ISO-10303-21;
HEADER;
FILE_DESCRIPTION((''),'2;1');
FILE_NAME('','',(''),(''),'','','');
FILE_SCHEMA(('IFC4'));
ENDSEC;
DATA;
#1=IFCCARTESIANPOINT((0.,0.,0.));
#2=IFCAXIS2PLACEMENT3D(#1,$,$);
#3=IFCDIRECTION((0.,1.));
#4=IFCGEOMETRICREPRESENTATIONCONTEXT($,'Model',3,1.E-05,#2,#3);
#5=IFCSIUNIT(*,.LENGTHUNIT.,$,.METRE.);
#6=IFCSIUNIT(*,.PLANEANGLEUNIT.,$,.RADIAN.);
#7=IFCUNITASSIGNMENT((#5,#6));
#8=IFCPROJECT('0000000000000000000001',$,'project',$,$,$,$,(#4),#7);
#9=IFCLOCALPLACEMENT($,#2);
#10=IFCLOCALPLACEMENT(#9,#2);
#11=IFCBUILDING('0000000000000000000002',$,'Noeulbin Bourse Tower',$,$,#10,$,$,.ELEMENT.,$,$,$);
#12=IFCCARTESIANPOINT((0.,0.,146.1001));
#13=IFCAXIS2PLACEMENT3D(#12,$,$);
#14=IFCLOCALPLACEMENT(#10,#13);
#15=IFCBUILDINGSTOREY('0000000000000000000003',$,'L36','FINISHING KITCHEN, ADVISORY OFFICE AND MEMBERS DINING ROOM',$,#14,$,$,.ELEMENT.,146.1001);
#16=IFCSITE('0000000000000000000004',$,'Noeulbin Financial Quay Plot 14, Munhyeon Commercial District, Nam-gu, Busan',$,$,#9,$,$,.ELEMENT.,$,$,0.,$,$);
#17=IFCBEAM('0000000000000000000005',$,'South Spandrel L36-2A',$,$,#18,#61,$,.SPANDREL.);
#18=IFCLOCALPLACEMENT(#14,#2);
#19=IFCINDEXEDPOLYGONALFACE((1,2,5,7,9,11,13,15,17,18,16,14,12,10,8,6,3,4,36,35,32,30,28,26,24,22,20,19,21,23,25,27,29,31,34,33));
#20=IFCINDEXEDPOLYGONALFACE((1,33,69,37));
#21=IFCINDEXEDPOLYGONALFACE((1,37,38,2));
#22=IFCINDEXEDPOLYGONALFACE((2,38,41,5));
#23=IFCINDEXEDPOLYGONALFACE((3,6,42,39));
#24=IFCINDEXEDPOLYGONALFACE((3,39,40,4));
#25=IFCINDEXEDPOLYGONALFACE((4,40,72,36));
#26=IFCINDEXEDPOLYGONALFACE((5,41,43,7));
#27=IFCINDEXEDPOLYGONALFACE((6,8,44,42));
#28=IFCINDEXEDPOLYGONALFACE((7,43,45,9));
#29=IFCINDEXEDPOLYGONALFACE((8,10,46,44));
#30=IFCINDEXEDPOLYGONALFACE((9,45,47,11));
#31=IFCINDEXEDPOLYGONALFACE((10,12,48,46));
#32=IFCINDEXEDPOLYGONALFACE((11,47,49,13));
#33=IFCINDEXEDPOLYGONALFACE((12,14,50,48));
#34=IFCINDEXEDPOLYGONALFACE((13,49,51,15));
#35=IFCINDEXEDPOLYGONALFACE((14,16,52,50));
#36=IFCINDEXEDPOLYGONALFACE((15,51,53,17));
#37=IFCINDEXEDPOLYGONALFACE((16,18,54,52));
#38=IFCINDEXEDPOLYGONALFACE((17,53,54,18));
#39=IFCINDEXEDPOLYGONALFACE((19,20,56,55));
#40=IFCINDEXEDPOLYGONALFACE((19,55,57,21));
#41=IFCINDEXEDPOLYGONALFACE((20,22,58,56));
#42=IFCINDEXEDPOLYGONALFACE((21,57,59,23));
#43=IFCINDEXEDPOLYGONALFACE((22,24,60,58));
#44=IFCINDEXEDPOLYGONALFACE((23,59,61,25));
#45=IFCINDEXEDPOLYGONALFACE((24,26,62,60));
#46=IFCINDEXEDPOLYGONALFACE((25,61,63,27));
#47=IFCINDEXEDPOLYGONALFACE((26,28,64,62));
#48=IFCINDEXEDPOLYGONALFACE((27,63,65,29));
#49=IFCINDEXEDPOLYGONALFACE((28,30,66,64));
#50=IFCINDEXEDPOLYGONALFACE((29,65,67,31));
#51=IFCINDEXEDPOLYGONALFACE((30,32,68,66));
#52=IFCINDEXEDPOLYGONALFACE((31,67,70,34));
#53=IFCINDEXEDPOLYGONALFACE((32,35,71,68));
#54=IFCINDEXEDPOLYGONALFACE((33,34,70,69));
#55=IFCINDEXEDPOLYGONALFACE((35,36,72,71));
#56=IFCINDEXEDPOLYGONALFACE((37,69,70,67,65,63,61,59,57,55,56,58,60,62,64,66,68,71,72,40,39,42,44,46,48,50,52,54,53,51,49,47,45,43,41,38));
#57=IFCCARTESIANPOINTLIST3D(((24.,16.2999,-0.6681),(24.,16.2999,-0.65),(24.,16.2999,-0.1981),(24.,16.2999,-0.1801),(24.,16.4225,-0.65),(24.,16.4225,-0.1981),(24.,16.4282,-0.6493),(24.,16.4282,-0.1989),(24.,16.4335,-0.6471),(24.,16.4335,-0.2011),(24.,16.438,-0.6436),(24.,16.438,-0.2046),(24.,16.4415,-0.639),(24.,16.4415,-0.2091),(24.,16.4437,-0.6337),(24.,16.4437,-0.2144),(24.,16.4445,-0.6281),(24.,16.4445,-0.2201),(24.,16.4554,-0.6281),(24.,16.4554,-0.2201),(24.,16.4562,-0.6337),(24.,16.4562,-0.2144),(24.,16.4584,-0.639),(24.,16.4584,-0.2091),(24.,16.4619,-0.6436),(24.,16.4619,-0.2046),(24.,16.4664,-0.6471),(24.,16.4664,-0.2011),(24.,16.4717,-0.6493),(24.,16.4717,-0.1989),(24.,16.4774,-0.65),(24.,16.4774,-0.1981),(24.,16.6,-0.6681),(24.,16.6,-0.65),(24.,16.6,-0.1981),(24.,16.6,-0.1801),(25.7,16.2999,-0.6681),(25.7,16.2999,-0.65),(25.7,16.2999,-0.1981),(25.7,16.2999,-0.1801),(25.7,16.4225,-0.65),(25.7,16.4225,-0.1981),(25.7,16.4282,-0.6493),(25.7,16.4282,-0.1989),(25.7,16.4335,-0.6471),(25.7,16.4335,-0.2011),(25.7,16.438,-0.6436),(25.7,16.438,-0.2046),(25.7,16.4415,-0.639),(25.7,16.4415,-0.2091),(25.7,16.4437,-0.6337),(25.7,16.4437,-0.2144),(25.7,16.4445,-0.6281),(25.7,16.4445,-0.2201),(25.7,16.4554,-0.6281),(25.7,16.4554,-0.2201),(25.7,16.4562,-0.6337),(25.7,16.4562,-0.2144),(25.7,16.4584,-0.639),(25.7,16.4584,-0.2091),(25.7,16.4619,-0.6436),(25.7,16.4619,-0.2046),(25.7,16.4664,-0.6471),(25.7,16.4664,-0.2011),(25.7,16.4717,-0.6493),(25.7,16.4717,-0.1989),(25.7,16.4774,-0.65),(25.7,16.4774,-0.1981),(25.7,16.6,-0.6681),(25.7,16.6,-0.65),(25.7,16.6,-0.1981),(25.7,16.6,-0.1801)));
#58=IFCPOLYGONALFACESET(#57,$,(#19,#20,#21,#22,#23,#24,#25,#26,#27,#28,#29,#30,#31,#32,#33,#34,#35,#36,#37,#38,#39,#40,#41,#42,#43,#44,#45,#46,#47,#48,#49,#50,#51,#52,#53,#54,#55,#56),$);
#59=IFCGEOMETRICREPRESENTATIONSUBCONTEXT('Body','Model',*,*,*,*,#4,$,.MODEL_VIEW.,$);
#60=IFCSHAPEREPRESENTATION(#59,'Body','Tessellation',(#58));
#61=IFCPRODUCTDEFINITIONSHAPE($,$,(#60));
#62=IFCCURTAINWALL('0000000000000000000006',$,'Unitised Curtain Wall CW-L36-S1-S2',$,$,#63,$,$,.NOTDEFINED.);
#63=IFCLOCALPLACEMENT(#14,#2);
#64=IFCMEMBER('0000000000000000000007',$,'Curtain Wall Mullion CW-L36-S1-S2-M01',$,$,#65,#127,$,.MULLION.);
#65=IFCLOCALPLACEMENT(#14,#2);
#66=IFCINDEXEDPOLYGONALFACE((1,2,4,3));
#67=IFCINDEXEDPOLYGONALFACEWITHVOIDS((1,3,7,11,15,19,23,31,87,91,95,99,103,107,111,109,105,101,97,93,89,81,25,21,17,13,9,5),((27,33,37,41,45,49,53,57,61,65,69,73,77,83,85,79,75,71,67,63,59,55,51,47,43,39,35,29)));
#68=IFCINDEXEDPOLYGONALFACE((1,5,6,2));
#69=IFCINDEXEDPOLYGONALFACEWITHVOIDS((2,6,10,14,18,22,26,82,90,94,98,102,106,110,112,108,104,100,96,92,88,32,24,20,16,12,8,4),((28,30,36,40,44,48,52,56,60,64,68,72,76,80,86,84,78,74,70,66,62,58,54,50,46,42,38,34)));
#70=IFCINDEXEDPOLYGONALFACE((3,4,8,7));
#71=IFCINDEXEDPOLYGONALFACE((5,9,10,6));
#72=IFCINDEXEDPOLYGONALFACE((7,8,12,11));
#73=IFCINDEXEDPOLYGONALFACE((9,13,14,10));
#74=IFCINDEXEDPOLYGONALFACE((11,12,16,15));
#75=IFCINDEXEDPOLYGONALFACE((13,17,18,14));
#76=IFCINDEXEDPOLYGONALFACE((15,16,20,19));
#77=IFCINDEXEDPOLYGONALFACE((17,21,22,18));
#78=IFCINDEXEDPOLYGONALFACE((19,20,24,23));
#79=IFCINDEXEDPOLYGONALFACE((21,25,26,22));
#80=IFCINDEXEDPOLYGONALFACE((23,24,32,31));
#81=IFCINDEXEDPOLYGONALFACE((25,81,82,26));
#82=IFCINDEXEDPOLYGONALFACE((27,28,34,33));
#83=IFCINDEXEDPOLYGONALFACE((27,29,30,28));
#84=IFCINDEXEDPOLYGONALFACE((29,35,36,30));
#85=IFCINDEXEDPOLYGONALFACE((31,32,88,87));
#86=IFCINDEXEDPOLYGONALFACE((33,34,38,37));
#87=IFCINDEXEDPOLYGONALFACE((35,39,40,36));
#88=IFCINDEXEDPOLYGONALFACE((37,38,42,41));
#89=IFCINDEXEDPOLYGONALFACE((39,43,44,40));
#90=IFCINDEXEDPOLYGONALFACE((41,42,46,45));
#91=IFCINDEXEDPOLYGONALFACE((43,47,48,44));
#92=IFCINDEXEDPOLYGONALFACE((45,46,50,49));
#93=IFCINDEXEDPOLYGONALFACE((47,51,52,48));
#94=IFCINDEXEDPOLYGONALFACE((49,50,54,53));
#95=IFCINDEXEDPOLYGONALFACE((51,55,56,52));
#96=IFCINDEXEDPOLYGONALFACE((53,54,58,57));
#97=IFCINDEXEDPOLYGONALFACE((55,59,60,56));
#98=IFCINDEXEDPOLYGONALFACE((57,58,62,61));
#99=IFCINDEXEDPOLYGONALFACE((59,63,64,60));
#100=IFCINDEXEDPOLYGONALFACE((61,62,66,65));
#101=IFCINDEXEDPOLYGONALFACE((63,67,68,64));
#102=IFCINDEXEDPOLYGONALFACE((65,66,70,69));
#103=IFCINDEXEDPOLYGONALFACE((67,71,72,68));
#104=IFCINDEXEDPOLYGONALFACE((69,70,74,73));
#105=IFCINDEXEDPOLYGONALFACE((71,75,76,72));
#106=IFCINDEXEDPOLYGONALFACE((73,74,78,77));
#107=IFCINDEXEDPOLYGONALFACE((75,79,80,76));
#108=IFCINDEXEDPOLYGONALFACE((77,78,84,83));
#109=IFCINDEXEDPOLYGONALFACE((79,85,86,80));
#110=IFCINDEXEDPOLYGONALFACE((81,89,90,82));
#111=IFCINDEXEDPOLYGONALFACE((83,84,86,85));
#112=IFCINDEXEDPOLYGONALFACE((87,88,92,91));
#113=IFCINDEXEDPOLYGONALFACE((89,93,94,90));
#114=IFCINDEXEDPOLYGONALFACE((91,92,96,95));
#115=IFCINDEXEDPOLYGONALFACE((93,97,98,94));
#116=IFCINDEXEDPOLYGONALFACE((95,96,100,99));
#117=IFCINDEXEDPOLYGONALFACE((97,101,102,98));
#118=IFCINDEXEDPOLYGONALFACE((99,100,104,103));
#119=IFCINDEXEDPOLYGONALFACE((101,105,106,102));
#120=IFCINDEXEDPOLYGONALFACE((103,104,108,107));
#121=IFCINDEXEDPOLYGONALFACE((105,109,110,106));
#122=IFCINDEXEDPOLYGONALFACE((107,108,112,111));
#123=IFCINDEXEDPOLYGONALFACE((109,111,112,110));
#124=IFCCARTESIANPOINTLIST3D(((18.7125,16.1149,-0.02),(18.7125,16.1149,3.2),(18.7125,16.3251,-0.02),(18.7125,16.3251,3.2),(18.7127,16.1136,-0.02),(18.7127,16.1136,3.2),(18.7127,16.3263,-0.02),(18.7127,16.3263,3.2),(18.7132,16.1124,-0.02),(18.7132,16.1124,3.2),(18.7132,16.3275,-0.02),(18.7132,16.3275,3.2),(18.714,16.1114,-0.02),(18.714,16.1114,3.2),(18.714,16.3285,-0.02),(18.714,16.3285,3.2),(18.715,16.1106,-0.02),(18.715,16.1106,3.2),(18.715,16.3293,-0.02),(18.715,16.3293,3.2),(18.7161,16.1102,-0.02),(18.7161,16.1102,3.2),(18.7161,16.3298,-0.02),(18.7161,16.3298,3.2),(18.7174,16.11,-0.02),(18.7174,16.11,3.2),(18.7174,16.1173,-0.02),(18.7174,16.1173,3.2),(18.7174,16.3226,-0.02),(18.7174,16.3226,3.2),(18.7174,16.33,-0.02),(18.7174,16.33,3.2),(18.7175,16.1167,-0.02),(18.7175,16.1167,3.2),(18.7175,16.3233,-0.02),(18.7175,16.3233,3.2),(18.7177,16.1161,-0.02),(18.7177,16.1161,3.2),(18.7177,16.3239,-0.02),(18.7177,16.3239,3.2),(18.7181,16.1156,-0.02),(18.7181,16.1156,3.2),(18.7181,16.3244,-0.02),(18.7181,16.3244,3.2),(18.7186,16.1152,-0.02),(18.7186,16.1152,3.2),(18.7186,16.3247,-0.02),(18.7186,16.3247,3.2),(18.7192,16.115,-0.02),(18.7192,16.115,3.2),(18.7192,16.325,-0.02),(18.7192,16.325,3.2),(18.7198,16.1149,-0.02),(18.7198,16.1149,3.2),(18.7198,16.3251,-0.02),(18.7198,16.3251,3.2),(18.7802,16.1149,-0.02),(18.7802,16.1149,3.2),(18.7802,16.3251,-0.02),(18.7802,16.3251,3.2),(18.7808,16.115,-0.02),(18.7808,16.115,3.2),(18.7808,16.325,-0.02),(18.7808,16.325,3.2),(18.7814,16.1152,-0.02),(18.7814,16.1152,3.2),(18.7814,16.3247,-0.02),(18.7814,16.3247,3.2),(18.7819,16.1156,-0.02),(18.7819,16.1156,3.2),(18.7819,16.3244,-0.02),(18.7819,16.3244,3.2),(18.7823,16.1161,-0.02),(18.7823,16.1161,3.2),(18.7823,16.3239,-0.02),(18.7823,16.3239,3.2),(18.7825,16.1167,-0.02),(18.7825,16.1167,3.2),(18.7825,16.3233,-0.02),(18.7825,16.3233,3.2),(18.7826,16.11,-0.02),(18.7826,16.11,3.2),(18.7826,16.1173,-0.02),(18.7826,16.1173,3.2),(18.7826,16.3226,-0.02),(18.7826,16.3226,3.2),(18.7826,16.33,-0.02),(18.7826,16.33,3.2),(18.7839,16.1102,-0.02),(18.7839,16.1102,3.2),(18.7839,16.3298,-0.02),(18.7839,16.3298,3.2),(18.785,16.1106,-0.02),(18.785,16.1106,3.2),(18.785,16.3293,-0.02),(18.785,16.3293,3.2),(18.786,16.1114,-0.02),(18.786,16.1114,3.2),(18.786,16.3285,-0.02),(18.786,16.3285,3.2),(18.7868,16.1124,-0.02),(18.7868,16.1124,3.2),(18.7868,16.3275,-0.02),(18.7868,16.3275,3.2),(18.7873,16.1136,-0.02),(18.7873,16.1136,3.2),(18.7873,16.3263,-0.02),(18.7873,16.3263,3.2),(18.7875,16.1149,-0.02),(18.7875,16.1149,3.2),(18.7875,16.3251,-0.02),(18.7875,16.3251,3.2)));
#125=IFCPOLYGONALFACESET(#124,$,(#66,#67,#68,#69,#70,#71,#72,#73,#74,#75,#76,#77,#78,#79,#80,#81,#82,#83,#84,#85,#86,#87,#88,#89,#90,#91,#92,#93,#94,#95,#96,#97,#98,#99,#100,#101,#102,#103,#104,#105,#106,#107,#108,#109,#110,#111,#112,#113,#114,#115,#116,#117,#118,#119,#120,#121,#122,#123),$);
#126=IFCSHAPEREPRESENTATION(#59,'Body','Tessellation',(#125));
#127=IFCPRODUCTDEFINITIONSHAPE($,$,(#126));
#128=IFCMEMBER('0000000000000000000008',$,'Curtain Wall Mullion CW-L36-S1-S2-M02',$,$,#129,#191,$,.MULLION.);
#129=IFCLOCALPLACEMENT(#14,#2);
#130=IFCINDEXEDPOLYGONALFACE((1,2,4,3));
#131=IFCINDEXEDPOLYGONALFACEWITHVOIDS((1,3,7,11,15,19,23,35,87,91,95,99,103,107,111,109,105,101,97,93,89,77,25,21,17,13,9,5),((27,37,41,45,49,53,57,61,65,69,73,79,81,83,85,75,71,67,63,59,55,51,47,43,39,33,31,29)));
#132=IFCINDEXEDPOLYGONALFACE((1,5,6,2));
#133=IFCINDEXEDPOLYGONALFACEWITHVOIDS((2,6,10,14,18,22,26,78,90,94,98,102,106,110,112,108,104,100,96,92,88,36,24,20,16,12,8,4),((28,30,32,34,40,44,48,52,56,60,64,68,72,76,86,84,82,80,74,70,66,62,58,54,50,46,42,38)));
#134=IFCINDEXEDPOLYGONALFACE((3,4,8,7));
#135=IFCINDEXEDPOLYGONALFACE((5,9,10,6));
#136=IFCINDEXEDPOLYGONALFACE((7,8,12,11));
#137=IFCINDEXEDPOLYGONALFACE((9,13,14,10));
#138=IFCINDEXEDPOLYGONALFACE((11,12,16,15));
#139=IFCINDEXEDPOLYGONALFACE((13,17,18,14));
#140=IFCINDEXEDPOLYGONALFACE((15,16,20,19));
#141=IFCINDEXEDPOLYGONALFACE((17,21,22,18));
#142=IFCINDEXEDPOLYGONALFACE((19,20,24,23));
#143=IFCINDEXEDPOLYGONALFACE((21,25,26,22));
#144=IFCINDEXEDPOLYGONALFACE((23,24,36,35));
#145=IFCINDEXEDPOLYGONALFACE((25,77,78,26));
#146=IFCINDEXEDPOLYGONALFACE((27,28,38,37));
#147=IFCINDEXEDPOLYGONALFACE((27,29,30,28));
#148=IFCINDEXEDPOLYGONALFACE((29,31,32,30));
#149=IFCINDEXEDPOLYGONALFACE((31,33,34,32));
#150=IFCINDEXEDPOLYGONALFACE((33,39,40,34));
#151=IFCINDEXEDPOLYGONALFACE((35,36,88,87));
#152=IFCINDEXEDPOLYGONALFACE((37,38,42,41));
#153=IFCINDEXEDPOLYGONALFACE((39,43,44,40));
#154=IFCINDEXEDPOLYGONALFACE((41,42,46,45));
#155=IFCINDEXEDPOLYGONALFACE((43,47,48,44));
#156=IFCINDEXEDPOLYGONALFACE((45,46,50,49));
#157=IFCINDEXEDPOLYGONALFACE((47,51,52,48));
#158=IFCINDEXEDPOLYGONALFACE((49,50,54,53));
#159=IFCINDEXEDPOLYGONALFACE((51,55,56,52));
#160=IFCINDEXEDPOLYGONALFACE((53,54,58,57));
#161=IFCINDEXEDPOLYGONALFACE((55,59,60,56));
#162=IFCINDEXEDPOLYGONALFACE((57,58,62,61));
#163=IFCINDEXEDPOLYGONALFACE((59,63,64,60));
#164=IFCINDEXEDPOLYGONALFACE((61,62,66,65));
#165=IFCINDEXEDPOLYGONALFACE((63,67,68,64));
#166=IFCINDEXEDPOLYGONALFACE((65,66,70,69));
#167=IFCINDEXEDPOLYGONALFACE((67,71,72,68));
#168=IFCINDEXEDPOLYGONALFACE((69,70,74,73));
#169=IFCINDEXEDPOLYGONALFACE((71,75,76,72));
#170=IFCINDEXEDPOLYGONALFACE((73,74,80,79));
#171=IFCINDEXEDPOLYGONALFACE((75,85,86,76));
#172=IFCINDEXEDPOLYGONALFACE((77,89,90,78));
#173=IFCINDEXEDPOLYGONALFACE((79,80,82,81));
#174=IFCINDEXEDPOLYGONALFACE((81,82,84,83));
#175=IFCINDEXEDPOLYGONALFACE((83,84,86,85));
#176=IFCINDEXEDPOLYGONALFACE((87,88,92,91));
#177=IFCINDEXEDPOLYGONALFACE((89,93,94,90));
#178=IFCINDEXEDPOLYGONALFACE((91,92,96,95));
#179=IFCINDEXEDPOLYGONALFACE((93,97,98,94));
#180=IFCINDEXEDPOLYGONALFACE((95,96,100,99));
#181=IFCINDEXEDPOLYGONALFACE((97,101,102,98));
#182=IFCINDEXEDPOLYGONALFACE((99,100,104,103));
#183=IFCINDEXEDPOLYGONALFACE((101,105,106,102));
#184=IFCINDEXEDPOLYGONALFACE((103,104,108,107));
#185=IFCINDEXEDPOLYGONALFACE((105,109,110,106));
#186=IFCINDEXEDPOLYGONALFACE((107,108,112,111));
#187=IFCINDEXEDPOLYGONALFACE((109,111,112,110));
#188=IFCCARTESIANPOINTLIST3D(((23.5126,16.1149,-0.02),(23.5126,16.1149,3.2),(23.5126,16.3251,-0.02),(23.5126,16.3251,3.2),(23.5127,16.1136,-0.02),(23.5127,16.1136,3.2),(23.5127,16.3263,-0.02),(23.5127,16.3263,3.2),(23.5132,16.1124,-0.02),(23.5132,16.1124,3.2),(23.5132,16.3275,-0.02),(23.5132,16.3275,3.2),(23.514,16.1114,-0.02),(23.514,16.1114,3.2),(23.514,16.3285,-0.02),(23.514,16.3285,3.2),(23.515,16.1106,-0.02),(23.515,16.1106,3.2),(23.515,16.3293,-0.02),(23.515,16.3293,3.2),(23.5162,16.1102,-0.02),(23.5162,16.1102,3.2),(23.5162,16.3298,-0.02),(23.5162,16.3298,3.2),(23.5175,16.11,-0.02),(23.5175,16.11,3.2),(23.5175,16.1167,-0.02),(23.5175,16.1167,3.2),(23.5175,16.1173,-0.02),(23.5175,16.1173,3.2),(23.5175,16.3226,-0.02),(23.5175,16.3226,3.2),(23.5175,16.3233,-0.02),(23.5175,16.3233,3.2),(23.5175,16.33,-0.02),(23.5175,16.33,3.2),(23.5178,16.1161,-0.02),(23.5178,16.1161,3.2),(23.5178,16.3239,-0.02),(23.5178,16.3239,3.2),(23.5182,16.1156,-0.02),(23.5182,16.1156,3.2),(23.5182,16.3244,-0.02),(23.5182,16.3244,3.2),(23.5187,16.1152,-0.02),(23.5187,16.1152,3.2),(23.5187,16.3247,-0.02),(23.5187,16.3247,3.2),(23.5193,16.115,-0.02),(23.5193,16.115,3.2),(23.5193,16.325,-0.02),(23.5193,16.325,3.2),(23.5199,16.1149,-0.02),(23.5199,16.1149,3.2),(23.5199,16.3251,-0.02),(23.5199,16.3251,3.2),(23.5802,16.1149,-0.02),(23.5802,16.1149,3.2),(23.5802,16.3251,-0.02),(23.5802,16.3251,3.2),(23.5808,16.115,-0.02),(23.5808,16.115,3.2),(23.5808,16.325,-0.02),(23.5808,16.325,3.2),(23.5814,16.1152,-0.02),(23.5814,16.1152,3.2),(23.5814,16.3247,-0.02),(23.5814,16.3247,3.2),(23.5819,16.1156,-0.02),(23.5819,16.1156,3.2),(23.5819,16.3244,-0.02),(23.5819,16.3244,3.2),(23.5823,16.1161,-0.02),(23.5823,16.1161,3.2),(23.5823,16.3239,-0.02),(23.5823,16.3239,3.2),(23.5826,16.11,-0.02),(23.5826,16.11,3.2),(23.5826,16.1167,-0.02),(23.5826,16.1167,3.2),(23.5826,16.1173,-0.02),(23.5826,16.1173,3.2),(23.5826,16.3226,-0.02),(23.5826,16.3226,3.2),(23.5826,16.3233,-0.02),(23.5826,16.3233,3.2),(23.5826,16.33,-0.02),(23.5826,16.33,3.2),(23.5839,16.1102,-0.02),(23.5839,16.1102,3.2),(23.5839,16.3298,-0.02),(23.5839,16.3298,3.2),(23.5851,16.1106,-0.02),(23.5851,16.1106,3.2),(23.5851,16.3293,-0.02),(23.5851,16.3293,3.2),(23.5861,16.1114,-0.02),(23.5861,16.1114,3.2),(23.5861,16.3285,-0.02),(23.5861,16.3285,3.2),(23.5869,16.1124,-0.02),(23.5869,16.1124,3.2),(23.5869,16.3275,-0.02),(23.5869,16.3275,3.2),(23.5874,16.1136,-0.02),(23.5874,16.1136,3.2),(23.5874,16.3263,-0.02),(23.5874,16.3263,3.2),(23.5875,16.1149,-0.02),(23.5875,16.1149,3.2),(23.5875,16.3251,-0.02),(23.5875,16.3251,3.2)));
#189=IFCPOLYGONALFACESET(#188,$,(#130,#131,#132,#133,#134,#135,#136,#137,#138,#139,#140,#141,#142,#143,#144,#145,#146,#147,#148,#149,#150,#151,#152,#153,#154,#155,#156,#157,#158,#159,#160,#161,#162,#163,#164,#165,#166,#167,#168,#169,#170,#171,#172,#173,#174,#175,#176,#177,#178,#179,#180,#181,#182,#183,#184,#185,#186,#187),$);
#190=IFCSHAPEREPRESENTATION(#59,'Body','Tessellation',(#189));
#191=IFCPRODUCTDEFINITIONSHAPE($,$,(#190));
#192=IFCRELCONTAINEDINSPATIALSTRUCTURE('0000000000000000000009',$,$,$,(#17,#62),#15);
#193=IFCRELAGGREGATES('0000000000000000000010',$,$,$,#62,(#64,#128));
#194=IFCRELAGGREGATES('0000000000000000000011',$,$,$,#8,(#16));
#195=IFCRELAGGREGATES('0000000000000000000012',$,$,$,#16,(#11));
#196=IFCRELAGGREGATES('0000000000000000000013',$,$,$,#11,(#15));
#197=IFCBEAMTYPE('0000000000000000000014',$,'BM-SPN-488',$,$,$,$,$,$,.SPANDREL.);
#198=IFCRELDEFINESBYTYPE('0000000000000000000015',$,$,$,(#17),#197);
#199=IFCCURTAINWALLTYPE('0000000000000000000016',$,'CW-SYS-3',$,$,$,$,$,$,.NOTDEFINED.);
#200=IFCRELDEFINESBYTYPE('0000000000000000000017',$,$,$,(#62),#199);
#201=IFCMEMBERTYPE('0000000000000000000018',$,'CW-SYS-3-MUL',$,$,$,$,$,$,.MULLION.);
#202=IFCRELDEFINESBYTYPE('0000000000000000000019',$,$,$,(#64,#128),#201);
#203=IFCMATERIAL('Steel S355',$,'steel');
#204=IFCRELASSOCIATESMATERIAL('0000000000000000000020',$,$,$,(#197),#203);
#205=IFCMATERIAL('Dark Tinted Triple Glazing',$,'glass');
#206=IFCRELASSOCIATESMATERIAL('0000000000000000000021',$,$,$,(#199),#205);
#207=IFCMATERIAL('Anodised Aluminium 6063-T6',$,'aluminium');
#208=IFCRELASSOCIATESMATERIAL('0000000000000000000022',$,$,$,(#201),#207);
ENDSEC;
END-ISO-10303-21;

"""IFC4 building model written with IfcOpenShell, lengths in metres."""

from ifc_helpers import new_model, si_unit, direction, frame, origin, origin_2d, place, context, subcontext, project, spatial, hollow_rectangle, i_section, extrude, material, material_profile, profile_set, type_object, element, aggregate, save


model = new_model("IFC4")

# Units and contexts
model_context = context("Model", 3, precision=1e-05, world=origin(), true_north=direction((0.0, 1.0)))
body_context = subcontext(model_context, "Body", "Model", "MODEL_VIEW")
ifc_project = project(units=[si_unit("LENGTHUNIT", "METRE"), si_unit("PLANEANGLEUNIT", "RADIAN")], contexts=[model_context])

# Site, building, storey
site_placement = place(None, origin())
site = spatial("IfcSite", under=ifc_project, at=site_placement, Name="Noeulbin Financial Quay Plot 14, Munhyeon Commercial District, Nam-gu, Busan", CompositionType="ELEMENT", RefElevation=0.0)
building_placement = place(site_placement, origin())
building = spatial("IfcBuilding", under=site, at=building_placement, Name="Noeulbin Bourse Tower", CompositionType="ELEMENT")
storey_placement = place(building_placement, frame((0.0, 0.0, 146.1001)))
storey = spatial("IfcBuildingStorey", under=building, at=storey_placement, Name="L36", Description="FINISHING KITCHEN, ADVISORY OFFICE AND MEMBERS DINING ROOM", CompositionType="ELEMENT", Elevation=146.1001)

# Shared definitions
ifc_material_1 = material(Name="Steel S355", Category="steel")

# Beam
ifc_material_profile_1 = material_profile(ifc_material_1, i_section(OverallWidth=0.3, OverallDepth=0.488, WebThickness=0.011, FlangeThickness=0.0181, FilletRadius=0.022, at=origin_2d()), Name="H-488x300x11x18", Category="LoadBearing")
ifc_profile_set_1 = profile_set([ifc_material_profile_1], Name="Steel S355")
beam_type_1 = type_object("IfcBeamType", Name="BM-SPN-488", PredefinedType="SPANDREL", material=ifc_profile_set_1)
beam_1_placement = place(storey_placement, frame((24.0, 16.45, -0.4241), z_axis=(1.0, 0.0, 0.0), x_axis=(0.0, 1.0, 0.0)))
element("IfcBeam", 1, at=beam_1_placement, inside=storey, type_object=beam_type_1, Name="South Spandrel L36-2A", PredefinedType="SPANDREL", context=body_context, shape_type="SweptSolid", body=[
    extrude(i_section(OverallWidth=0.3, OverallDepth=0.488, WebThickness=0.011, FlangeThickness=0.0181, FilletRadius=0.022, at=origin_2d()), origin(), (0.0, 0.0, 1.0), 1.7),
])

# Curtain wall, members
ifc_material_2 = material(Name="Dark Tinted Triple Glazing", Category="glass")
curtain_wall_type = type_object("IfcCurtainWallType", Name="CW-SYS-3", PredefinedType="NOTDEFINED", material=ifc_material_2)
curtain_wall_placement = place(storey_placement, origin())
curtain_wall = element("IfcCurtainWall", 2, at=curtain_wall_placement, inside=storey, type_object=curtain_wall_type, Name="Unitised Curtain Wall CW-L36-S1-S2", PredefinedType="NOTDEFINED")
ifc_material_3 = material(Name="Anodised Aluminium 6063-T6", Category="aluminium")
ifc_material_profile_2 = material_profile(ifc_material_3, hollow_rectangle(XDim=0.075, YDim=0.22, WallThickness=0.0049, InnerFilletRadius=0.0024, OuterFilletRadius=0.0049, at=origin_2d()), Name="ALU-MULL-75x220x5", Category="LoadBearing")
ifc_profile_set_2 = profile_set([ifc_material_profile_2], Name="Anodised Aluminium 6063-T6")
member_type = type_object("IfcMemberType", Name="CW-SYS-3-MUL", PredefinedType="MULLION", material=ifc_profile_set_2)
member_1_placement = place(storey_placement, frame((18.75, 16.22, -0.02), z_axis=(0.0, 0.0, 1.0), x_axis=(1.0, 0.0, 0.0)))
member_1 = element("IfcMember", 3, at=member_1_placement, type_object=member_type, Name="Curtain Wall Mullion CW-L36-S1-S2-M01", PredefinedType="MULLION", context=body_context, shape_type="SweptSolid", body=[
    extrude(hollow_rectangle(XDim=0.075, YDim=0.22, WallThickness=0.0049, InnerFilletRadius=0.0024, OuterFilletRadius=0.0049, at=origin_2d()), origin(), (0.0, 0.0, 1.0), 3.22),
])
member_2_placement = place(storey_placement, frame((23.55, 16.22, -0.02), z_axis=(0.0, 0.0, 1.0), x_axis=(1.0, 0.0, 0.0)))
member_2 = element("IfcMember", 4, at=member_2_placement, type_object=member_type, Name="Curtain Wall Mullion CW-L36-S1-S2-M02", PredefinedType="MULLION", context=body_context, shape_type="SweptSolid", body=[
    extrude(hollow_rectangle(XDim=0.075, YDim=0.22, WallThickness=0.0049, InnerFilletRadius=0.0024, OuterFilletRadius=0.0049, at=origin_2d()), origin(), (0.0, 0.0, 1.0), 3.22),
])
aggregate(curtain_wall, [member_1, member_2])

save(model, "model.ifc")
